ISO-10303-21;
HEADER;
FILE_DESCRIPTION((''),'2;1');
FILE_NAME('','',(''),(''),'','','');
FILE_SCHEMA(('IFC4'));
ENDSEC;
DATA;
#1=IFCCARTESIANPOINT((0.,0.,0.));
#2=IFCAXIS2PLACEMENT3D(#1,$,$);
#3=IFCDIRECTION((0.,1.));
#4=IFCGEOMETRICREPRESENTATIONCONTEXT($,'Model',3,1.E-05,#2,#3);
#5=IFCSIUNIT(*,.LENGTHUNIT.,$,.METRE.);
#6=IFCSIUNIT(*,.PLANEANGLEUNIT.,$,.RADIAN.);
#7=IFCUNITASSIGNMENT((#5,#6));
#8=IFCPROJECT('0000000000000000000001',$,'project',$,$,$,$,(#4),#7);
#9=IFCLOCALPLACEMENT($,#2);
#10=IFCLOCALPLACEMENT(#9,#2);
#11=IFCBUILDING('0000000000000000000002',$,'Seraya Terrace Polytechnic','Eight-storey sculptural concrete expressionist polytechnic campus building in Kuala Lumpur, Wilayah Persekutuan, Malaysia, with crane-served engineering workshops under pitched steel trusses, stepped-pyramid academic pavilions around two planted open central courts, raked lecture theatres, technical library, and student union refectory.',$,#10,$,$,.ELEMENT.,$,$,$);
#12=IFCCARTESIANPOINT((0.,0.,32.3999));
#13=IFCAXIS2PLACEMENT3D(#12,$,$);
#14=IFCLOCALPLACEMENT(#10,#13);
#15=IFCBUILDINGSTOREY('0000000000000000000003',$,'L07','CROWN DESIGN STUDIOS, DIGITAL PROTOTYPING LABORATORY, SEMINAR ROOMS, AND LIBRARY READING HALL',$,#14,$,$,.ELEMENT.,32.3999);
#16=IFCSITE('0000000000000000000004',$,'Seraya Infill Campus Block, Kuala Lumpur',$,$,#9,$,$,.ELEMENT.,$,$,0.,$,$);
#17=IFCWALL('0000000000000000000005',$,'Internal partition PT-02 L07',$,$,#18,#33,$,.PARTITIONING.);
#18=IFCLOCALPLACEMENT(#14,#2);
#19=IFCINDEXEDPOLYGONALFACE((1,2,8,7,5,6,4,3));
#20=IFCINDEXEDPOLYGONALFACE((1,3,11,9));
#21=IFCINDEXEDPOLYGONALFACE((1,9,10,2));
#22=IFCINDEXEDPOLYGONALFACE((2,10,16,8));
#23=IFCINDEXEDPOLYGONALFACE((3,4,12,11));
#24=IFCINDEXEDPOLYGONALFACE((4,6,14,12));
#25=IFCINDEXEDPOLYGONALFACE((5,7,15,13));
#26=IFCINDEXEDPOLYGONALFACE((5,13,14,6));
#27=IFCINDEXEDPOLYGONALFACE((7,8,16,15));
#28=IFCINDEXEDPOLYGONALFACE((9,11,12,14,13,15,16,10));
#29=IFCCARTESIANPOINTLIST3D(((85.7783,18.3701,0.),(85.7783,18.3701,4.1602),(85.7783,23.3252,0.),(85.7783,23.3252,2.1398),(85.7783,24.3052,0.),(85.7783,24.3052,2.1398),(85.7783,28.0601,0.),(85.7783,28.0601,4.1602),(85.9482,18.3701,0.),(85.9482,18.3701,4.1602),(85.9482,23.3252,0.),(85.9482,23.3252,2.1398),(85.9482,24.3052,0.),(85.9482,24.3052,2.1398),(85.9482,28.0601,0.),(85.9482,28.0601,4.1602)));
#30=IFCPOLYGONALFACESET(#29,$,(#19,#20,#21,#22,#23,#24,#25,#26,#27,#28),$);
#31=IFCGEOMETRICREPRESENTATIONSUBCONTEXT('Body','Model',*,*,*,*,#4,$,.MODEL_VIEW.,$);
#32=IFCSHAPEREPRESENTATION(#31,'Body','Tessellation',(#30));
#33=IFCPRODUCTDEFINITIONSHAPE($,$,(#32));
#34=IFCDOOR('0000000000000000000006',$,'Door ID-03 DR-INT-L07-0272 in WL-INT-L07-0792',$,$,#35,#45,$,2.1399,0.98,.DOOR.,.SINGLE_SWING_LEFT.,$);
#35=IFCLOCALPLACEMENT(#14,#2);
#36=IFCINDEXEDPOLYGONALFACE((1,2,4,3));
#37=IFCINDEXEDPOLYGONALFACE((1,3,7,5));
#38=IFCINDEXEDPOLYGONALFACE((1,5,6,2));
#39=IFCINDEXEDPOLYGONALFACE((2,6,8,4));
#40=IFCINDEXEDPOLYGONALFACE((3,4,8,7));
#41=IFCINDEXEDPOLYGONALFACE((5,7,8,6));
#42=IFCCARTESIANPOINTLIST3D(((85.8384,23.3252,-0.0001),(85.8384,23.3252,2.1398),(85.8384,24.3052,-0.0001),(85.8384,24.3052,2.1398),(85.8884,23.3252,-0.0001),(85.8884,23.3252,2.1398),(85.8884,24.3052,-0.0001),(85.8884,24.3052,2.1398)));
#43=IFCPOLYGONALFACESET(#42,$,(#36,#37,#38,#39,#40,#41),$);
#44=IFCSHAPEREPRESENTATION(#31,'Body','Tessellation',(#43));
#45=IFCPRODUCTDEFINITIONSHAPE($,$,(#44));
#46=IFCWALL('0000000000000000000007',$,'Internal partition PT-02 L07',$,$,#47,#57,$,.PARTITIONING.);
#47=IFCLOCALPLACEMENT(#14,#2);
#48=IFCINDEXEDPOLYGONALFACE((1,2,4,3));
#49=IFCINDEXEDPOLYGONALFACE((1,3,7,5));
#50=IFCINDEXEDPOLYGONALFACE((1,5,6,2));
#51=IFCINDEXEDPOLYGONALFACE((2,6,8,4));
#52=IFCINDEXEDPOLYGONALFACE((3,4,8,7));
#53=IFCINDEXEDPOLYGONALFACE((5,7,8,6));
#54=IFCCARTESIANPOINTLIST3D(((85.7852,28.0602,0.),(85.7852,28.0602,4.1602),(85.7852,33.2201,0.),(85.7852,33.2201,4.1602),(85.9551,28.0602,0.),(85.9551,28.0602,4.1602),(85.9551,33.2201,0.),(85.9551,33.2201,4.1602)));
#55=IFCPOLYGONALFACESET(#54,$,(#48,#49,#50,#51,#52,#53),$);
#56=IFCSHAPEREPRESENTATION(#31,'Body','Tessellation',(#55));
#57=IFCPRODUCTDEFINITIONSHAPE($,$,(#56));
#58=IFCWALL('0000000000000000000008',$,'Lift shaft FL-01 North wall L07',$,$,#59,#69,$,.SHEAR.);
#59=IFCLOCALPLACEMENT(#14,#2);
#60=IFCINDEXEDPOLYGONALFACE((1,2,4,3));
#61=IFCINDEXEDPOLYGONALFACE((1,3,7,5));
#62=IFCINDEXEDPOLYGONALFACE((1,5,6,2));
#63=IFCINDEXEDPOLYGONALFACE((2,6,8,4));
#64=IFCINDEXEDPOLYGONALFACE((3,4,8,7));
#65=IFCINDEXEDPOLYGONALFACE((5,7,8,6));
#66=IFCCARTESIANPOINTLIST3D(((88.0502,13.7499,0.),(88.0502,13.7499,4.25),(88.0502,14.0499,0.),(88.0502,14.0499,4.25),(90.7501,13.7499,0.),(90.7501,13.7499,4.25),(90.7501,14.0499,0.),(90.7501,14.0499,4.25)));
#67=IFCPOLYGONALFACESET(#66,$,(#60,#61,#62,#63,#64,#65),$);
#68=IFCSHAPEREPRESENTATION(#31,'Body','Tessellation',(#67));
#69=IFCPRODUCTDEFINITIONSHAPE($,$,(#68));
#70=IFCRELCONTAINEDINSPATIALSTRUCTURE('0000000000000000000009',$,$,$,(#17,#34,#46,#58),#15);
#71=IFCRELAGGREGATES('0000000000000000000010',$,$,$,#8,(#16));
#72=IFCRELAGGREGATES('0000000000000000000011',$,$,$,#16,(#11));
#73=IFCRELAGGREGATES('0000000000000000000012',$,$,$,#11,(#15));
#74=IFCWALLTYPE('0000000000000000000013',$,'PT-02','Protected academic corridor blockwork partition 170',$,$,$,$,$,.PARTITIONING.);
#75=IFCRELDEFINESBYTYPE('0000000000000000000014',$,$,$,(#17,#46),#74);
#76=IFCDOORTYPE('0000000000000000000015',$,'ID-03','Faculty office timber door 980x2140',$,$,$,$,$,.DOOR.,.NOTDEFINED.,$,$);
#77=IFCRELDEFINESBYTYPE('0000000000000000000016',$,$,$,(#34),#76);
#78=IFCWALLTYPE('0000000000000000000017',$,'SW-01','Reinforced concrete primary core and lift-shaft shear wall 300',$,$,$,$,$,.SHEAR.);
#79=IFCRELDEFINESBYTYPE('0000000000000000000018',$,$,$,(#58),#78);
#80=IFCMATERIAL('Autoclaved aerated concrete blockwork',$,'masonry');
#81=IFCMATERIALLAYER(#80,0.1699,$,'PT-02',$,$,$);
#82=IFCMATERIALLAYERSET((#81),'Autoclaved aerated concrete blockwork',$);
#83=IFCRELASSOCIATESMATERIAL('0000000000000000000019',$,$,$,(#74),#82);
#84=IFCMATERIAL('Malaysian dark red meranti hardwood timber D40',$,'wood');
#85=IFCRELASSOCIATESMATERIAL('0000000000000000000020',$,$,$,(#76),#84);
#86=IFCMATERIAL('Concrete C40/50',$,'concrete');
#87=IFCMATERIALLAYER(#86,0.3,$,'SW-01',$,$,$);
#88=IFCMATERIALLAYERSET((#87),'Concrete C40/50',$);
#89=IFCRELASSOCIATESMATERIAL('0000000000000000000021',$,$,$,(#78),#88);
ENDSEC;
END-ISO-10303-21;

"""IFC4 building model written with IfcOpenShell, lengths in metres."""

from ifc_helpers import new_model, si_unit, direction, frame, frame_2d, origin, place, context, subcontext, project, spatial, rectangle, extrude, material, layer, layer_set, type_object, element, fill, save


model = new_model("IFC4")

# Units and contexts
model_context = context("Model", 3, precision=1e-05, world=origin(), true_north=direction((0.0, 1.0)))
body_context = subcontext(model_context, "Body", "Model", "MODEL_VIEW")
ifc_project = project(units=[si_unit("LENGTHUNIT", "METRE"), si_unit("PLANEANGLEUNIT", "RADIAN")], contexts=[model_context])

# Site, building, storey
site_placement = place(None, origin())
site = spatial("IfcSite", under=ifc_project, at=site_placement, Name="Seraya Infill Campus Block, Kuala Lumpur", CompositionType="ELEMENT", RefElevation=0.0)
building_placement = place(site_placement, origin())
building = spatial("IfcBuilding", under=site, at=building_placement, Name="Seraya Terrace Polytechnic", Description="Eight-storey sculptural concrete expressionist polytechnic campus building in Kuala Lumpur, Wilayah Persekutuan, Malaysia, with crane-served engineering workshops under pitched steel trusses, stepped-pyramid academic pavilions around two planted open central courts, raked lecture theatres, technical library, and student union refectory.", CompositionType="ELEMENT")
storey_placement = place(building_placement, frame((0.0, 0.0, 32.3999)))
storey = spatial("IfcBuildingStorey", under=building, at=storey_placement, Name="L07", Description="CROWN DESIGN STUDIOS, DIGITAL PROTOTYPING LABORATORY, SEMINAR ROOMS, AND LIBRARY READING HALL", CompositionType="ELEMENT", Elevation=32.3999)

# Shared definitions
ifc_material_1 = material(Name="Concrete C40/50", Category="concrete")

# Shared definitions
ifc_material_2 = material(Name="Autoclaved aerated concrete blockwork", Category="masonry")
ifc_layer_1 = layer(ifc_material_2, 0.1699, Name="PT-02")
ifc_layer_set_1 = layer_set([ifc_layer_1], Name="Autoclaved aerated concrete blockwork")
wall_type_1 = type_object("IfcWallType", Name="PT-02", Description="Protected academic corridor blockwork partition 170", PredefinedType="PARTITIONING", material=ifc_layer_set_1)

# Wall, opening, door
wall_1_placement = place(storey_placement, frame((85.8633, 18.3701, 0.0), z_axis=(0.0, 0.0, 1.0), x_axis=(0.0, 1.0, 0.0)))
wall_1 = element("IfcWall", 1, at=wall_1_placement, inside=storey, type_object=wall_type_1, Name="Internal partition PT-02 L07", PredefinedType="PARTITIONING", context=body_context, shape_type="SweptSolid", body=[
    extrude(rectangle(XDim=9.6899, YDim=0.1699, at=frame_2d((4.845, 0.0))), origin(), (0.0, 0.0, 1.0), 4.1602),
])
opening_placement = place(wall_1_placement, frame((4.9551, 0.0, 0.0)))
opening = element("IfcOpeningElement", 2, at=opening_placement, cuts=wall_1, PredefinedType="OPENING", context=body_context, shape_type="SweptSolid", body=[
    extrude(rectangle(XDim=0.98, YDim=2.1399, at=frame_2d((0.49, 1.0698))), frame((0.0, 0.0969, 0.0), z_axis=(0.0, -1.0, 0.0), x_axis=(1.0, 0.0, 0.0)), (0.0, 0.0, 1.0), 0.1938),
])
ifc_material_3 = material(Name="Malaysian dark red meranti hardwood timber D40", Category="wood")
door_type = type_object("IfcDoorType", Name="ID-03", Description="Faculty office timber door 980x2140", OperationType="NOTDEFINED", PredefinedType="DOOR", material=ifc_material_3)
door_placement = place(opening_placement, origin())
door = element("IfcDoor", 3, at=door_placement, inside=storey, type_object=door_type, Name="Door ID-03 DR-INT-L07-0272 in WL-INT-L07-0792", OperationType="SINGLE_SWING_LEFT", OverallHeight=2.1399, OverallWidth=0.98, PredefinedType="DOOR", context=body_context, shape_type="SweptSolid", body=[
    extrude(rectangle(XDim=0.98, YDim=2.1399, at=frame_2d((0.49, 1.0698))), frame((0.0, 0.0249, 0.0), z_axis=(0.0, -1.0, 0.0), x_axis=(1.0, 0.0, 0.0)), (0.0, 0.0, 1.0), 0.05),
])
fill(opening, door)

# Walls
wall_2_placement = place(storey_placement, frame((85.8701, 28.0601, 0.0), z_axis=(0.0, 0.0, 1.0), x_axis=(0.0, 1.0, 0.0)))
element("IfcWall", 4, at=wall_2_placement, inside=storey, type_object=wall_type_1, Name="Internal partition PT-02 L07", PredefinedType="PARTITIONING", context=body_context, shape_type="SweptSolid", body=[
    extrude(rectangle(XDim=5.1599, YDim=0.1699, at=frame_2d((2.5801, 0.0))), origin(), (0.0, 0.0, 1.0), 4.1602),
])
ifc_layer_2 = layer(ifc_material_1, 0.3, Name="SW-01")
ifc_layer_set_2 = layer_set([ifc_layer_2], Name="Concrete C40/50")
wall_type_2 = type_object("IfcWallType", Name="SW-01", Description="Reinforced concrete primary core and lift-shaft shear wall 300", PredefinedType="SHEAR", material=ifc_layer_set_2)
wall_3_placement = place(storey_placement, frame((88.05, 13.8999, 0.0), z_axis=(0.0, 0.0, 1.0), x_axis=(1.0, 0.0, 0.0)))
element("IfcWall", 5, at=wall_3_placement, inside=storey, type_object=wall_type_2, Name="Lift shaft FL-01 North wall L07", PredefinedType="SHEAR", context=body_context, shape_type="SweptSolid", body=[
    extrude(rectangle(XDim=2.7, YDim=0.3, at=frame_2d((1.3501, 0.0))), origin(), (0.0, 0.0, 1.0), 4.25),
])

save(model, "model.ifc")
